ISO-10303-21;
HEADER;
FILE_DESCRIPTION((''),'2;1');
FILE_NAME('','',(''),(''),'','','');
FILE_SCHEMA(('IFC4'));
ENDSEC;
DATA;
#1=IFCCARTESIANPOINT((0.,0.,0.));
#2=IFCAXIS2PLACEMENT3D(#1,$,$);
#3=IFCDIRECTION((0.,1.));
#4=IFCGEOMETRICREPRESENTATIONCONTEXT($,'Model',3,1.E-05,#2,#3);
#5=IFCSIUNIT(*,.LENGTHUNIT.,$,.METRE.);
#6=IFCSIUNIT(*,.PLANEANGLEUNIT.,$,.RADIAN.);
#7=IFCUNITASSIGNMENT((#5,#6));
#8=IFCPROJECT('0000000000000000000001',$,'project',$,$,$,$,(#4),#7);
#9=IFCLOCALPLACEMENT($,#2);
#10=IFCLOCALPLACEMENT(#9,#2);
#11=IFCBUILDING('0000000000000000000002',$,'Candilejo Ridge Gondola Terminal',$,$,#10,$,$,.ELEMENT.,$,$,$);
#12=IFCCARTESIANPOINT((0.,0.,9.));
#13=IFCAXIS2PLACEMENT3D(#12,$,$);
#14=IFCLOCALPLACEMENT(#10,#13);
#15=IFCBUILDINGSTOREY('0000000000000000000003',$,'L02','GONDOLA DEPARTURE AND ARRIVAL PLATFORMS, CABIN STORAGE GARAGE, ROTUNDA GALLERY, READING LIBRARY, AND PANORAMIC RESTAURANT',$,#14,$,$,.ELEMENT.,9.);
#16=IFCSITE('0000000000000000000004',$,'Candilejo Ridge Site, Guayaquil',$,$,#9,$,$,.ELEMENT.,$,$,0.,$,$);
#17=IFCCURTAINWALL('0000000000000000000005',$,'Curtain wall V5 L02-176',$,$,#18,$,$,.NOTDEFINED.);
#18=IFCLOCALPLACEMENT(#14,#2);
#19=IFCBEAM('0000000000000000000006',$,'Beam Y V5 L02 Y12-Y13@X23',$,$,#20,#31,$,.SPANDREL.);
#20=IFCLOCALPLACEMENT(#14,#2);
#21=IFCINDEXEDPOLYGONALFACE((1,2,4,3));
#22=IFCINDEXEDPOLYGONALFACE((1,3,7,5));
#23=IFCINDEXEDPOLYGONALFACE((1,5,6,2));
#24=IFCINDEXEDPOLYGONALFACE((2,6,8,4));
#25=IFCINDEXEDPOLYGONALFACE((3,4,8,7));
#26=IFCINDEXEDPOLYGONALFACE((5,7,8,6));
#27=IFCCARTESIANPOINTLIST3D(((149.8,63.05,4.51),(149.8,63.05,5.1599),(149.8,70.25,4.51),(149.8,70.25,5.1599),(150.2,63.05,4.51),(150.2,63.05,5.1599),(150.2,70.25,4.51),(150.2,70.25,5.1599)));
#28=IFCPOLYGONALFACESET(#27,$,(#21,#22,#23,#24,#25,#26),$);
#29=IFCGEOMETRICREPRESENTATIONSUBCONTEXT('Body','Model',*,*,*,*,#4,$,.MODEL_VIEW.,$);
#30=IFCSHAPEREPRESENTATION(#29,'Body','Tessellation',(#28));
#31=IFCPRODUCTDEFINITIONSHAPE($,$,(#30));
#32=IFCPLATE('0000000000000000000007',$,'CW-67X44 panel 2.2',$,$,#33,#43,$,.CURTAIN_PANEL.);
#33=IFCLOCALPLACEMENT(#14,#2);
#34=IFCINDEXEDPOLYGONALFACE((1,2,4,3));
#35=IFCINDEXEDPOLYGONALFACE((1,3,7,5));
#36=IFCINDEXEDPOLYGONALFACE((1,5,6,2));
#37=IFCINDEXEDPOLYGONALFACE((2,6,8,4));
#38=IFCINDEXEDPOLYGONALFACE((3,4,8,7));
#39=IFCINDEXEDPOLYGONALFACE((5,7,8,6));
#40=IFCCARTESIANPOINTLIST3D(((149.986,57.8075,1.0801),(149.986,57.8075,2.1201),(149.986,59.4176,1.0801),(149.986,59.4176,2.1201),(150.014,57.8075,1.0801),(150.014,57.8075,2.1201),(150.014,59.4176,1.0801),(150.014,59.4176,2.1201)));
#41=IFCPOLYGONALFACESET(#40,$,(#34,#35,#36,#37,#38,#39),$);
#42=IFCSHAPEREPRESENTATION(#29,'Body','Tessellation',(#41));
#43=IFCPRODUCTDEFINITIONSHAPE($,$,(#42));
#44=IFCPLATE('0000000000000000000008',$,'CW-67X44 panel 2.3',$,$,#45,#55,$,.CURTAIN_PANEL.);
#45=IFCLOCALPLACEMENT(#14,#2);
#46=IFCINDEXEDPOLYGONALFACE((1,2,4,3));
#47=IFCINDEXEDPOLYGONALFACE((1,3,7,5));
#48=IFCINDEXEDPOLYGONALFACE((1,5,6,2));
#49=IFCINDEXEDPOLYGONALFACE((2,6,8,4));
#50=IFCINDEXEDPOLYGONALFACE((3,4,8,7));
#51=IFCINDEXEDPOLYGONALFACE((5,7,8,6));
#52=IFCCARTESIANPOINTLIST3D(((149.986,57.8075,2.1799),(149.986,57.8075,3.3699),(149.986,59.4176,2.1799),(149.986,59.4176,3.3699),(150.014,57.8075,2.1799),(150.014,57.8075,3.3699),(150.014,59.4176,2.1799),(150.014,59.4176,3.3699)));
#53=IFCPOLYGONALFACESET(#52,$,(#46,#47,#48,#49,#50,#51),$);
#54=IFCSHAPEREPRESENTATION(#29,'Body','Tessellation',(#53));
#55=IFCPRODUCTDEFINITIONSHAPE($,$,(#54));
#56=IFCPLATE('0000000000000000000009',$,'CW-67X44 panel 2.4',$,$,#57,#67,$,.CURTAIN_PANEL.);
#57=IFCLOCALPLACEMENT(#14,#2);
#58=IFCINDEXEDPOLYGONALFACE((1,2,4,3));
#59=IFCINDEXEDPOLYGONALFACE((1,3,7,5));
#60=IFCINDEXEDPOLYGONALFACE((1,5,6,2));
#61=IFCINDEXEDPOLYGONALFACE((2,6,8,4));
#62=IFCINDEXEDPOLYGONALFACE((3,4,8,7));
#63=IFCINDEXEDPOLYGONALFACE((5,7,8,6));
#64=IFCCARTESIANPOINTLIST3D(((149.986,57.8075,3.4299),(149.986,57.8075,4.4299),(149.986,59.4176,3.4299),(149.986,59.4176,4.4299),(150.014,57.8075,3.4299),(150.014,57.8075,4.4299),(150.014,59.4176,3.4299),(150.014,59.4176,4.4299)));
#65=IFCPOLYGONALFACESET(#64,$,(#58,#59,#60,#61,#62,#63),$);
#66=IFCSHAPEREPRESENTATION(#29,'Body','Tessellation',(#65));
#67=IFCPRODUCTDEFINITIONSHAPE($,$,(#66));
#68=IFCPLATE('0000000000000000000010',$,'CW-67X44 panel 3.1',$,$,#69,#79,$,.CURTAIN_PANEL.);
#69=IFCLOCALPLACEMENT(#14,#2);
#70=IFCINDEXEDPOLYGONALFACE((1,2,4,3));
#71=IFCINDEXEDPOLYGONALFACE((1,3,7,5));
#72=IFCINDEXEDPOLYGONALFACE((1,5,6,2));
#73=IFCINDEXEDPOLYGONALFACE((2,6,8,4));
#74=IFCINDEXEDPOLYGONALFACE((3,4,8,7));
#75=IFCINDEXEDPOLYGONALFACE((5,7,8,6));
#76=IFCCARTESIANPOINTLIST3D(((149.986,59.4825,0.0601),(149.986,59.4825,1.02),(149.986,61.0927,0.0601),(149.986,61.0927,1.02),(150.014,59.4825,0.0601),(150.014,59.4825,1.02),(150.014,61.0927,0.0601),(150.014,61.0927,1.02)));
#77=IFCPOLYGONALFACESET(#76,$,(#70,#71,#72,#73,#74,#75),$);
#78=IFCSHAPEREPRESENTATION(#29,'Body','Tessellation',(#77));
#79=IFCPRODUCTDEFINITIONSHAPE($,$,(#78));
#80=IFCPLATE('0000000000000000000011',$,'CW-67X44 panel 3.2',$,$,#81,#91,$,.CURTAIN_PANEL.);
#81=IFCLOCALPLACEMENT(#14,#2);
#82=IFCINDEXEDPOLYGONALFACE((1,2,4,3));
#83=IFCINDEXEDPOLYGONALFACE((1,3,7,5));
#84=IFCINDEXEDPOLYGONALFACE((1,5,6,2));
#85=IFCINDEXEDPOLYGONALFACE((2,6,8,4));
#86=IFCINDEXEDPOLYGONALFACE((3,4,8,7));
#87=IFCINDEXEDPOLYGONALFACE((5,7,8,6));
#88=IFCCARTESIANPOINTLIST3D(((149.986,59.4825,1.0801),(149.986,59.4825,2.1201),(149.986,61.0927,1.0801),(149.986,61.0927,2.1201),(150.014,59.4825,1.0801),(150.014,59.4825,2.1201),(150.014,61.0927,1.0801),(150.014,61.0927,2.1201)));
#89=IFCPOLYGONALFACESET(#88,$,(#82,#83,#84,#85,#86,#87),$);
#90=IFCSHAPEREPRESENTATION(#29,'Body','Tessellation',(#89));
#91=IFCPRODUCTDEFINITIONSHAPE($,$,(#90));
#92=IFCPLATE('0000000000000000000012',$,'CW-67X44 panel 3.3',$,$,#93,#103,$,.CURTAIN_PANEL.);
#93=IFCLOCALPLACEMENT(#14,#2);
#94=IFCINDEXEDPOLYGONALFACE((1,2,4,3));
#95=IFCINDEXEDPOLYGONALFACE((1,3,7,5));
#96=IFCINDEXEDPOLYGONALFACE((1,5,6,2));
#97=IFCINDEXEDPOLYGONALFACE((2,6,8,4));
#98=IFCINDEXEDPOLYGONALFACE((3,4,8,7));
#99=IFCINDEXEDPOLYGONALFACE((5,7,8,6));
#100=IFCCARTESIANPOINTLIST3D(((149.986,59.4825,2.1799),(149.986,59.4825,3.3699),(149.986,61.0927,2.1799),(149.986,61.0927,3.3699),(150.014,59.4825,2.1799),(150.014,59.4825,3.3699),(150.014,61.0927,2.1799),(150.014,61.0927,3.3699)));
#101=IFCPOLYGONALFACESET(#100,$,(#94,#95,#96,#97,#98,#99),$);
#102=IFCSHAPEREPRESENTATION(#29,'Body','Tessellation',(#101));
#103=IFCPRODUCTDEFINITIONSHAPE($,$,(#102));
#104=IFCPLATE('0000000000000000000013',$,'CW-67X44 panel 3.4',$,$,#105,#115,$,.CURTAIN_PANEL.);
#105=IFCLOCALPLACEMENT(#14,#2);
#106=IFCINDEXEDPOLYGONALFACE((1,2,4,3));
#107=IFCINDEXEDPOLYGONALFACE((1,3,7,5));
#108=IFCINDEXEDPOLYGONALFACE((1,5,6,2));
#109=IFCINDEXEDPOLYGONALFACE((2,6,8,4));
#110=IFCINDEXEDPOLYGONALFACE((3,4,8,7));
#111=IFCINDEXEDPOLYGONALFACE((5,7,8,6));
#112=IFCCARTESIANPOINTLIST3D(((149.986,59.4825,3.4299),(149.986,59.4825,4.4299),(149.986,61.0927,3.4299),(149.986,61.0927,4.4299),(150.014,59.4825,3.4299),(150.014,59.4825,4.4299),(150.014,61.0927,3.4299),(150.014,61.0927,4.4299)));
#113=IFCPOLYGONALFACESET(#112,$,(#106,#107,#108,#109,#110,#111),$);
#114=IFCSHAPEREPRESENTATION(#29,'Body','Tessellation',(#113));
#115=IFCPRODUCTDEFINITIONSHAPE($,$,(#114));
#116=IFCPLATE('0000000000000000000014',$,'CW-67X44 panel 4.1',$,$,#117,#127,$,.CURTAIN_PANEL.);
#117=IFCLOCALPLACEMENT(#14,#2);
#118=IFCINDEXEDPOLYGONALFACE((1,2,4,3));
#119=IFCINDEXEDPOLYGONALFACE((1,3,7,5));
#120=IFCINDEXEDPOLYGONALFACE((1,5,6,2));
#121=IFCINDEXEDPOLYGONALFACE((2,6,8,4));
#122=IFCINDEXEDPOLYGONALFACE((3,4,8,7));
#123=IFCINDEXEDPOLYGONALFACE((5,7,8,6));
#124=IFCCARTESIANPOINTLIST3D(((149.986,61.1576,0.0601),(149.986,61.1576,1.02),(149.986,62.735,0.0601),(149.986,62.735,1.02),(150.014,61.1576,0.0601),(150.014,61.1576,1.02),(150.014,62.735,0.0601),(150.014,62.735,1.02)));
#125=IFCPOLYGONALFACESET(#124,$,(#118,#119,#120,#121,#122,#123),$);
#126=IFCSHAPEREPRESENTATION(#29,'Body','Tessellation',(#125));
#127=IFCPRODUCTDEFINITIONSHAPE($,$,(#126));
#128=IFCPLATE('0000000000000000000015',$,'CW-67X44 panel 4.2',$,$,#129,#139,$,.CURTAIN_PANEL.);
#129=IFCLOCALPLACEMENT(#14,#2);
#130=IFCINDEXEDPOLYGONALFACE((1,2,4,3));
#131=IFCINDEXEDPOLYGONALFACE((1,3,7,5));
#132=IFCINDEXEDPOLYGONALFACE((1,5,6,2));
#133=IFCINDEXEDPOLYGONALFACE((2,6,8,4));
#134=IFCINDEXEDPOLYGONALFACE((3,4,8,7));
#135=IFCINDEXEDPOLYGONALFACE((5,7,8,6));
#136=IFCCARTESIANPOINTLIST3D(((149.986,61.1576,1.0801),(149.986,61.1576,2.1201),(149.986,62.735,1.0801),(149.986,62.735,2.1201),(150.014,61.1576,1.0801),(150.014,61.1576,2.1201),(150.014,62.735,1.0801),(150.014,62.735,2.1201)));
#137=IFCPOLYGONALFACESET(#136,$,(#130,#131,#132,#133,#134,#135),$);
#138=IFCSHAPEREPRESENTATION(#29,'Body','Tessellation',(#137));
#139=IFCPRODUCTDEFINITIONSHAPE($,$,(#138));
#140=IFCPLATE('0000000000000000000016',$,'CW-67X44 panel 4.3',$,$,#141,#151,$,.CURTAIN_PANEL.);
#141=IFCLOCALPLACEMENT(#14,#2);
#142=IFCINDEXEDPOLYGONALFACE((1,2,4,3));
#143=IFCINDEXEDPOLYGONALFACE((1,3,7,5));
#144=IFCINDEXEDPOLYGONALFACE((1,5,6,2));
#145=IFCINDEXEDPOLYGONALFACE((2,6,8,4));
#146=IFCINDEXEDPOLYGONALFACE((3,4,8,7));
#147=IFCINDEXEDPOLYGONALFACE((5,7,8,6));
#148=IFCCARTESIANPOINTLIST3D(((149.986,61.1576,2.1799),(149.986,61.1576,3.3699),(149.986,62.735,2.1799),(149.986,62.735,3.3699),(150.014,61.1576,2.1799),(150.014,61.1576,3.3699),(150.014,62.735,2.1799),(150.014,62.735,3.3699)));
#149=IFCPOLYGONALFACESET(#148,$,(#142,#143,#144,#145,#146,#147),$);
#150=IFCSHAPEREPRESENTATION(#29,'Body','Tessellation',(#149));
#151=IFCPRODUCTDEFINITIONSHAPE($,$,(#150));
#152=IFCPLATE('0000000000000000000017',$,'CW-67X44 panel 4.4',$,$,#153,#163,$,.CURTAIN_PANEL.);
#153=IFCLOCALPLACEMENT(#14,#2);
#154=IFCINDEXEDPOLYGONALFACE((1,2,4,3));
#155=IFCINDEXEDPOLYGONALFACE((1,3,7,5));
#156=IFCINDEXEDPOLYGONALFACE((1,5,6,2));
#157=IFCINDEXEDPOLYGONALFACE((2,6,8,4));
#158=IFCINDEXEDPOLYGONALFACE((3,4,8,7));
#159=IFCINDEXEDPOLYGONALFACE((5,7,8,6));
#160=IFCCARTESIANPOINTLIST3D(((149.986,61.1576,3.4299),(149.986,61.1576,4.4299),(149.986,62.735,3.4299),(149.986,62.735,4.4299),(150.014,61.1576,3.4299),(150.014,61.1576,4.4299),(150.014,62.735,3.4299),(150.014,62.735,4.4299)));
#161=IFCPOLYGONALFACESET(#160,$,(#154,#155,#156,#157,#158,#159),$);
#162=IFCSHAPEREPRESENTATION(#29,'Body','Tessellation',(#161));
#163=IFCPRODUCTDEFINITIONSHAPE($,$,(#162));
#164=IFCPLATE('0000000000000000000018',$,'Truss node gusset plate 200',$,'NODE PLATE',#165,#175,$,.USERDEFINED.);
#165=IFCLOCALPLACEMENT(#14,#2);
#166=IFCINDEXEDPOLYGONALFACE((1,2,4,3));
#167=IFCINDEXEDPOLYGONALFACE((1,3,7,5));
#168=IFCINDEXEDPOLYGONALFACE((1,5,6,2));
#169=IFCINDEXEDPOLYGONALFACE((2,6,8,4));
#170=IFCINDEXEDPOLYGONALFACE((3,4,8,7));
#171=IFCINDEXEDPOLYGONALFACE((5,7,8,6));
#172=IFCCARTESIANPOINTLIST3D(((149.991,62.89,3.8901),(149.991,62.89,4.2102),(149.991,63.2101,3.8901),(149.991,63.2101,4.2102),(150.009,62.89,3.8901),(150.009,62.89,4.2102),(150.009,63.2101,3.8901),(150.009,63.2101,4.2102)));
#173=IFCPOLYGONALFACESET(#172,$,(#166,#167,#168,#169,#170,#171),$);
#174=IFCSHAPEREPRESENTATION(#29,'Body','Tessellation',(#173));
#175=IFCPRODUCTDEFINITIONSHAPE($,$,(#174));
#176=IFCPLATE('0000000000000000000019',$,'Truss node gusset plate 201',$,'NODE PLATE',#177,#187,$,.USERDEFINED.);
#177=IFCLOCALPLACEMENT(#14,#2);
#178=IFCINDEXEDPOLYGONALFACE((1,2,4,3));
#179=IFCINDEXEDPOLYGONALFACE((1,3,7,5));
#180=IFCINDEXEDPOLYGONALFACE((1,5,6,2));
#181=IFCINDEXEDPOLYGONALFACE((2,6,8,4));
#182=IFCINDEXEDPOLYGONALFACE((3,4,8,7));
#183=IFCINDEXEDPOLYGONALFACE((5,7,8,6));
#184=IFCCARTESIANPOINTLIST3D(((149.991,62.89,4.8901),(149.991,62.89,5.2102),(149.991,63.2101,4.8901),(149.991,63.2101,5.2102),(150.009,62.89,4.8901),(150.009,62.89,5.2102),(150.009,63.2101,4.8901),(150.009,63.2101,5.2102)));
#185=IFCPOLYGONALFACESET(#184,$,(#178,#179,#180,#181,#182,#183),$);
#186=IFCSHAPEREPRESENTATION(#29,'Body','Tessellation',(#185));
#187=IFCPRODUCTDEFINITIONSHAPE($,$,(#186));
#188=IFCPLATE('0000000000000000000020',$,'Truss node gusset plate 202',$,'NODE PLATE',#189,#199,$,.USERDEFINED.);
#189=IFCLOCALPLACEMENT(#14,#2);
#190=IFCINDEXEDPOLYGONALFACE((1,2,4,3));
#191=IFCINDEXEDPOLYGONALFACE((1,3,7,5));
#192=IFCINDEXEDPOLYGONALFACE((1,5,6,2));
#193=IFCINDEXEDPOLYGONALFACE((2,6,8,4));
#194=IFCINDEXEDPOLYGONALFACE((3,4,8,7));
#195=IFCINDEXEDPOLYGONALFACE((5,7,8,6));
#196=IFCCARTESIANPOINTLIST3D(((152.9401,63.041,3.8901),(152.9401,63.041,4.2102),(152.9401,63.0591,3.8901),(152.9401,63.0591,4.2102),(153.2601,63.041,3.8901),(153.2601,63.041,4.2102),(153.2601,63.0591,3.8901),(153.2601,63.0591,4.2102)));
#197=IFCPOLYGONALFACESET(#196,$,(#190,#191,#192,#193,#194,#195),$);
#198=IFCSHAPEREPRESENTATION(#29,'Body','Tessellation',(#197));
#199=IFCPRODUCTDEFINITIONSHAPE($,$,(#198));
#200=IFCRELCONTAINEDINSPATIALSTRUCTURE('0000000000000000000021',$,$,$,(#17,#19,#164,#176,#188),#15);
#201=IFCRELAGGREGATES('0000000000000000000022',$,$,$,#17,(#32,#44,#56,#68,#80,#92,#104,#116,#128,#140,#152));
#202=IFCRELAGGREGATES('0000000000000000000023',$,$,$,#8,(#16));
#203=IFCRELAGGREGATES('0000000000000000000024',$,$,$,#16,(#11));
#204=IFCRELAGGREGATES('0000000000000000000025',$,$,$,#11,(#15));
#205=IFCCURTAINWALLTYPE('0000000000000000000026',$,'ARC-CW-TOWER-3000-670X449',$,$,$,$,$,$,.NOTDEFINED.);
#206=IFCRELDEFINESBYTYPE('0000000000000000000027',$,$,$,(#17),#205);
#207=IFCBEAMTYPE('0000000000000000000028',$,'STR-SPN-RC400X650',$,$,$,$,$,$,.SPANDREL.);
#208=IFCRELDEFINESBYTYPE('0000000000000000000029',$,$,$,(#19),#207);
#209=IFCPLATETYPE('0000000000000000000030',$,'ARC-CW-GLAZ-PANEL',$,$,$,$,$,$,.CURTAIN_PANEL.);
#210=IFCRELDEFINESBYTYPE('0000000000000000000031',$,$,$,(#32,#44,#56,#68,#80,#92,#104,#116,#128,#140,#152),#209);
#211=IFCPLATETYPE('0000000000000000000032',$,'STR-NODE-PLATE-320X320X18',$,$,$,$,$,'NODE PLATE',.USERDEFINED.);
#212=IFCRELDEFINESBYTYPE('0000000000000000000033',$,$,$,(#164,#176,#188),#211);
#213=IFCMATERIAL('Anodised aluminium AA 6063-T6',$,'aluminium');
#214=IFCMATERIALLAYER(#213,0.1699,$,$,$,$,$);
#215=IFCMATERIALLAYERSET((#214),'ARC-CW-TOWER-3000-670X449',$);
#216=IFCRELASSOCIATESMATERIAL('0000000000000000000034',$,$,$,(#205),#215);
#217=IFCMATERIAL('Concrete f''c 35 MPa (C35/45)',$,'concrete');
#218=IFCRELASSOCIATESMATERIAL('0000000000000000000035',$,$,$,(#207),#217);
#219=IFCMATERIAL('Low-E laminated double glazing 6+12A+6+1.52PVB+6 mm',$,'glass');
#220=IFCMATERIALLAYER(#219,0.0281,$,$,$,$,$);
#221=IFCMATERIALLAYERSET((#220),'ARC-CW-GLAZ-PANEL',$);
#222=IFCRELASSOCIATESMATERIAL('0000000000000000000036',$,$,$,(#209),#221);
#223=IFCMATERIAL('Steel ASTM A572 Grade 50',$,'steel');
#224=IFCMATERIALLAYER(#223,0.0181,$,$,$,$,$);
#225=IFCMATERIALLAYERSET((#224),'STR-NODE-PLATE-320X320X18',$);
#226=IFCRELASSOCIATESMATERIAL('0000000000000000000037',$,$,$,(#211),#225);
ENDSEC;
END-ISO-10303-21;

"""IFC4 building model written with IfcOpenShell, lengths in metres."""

from ifc_helpers import new_model, si_unit, direction, frame, origin, origin_2d, place, context, subcontext, project, spatial, rectangle, extrude, material, layer, layer_set, material_profile, profile_set, type_object, element, aggregate, save


model = new_model("IFC4")

# Units and contexts
model_context = context("Model", 3, precision=1e-05, world=origin(), true_north=direction((0.0, 1.0)))
body_context = subcontext(model_context, "Body", "Model", "MODEL_VIEW")
ifc_project = project(units=[si_unit("LENGTHUNIT", "METRE"), si_unit("PLANEANGLEUNIT", "RADIAN")], contexts=[model_context])

# Site, building, storey
site_placement = place(None, origin())
site = spatial("IfcSite", under=ifc_project, at=site_placement, Name="Candilejo Ridge Site, Guayaquil", CompositionType="ELEMENT", RefElevation=0.0)
building_placement = place(site_placement, origin())
building = spatial("IfcBuilding", under=site, at=building_placement, Name="Candilejo Ridge Gondola Terminal", CompositionType="ELEMENT")
storey_placement = place(building_placement, frame((0.0, 0.0, 9.0)))
storey = spatial("IfcBuildingStorey", under=building, at=storey_placement, Name="L02", Description="GONDOLA DEPARTURE AND ARRIVAL PLATFORMS, CABIN STORAGE GARAGE, ROTUNDA GALLERY, READING LIBRARY, AND PANORAMIC RESTAURANT", CompositionType="ELEMENT", Elevation=9.0)

# Curtain wall
ifc_material_1 = material(Name="Anodised aluminium AA 6063-T6", Category="aluminium")
ifc_layer_1 = layer(ifc_material_1, 0.1699)
ifc_layer_set_1 = layer_set([ifc_layer_1], Name="ARC-CW-TOWER-3000-670X449")
curtain_wall_type = type_object("IfcCurtainWallType", Name="ARC-CW-TOWER-3000-670X449", PredefinedType="NOTDEFINED", material=ifc_layer_set_1)
curtain_wall_placement = place(storey_placement, origin())
curtain_wall = element("IfcCurtainWall", 1, at=curtain_wall_placement, inside=storey, type_object=curtain_wall_type, Name="Curtain wall V5 L02-176", PredefinedType="NOTDEFINED")

# Beam
ifc_material_2 = material(Name="Concrete f'c 35 MPa (C35/45)", Category="concrete")
ifc_material_profile_1 = material_profile(ifc_material_2, rectangle(XDim=0.3999, YDim=0.6499, at=origin_2d()))
ifc_profile_set_1 = profile_set([ifc_material_profile_1], Name="Concrete f'c 35 MPa (C35/45)")
beam_type_1 = type_object("IfcBeamType", Name="STR-SPN-RC400X650", PredefinedType="SPANDREL", material=ifc_profile_set_1)
beam_1_placement = place(storey_placement, frame((150.0, 63.05, 4.835), z_axis=(0.0, 1.0, 0.0), x_axis=(-1.0, 0.0, 0.0)))
element("IfcBeam", 2, at=beam_1_placement, inside=storey, type_object=beam_type_1, Name="Beam Y V5 L02 Y12-Y13@X23", PredefinedType="SPANDREL", context=body_context, shape_type="SweptSolid", body=[
    extrude(rectangle(XDim=0.3999, YDim=0.6499, at=origin_2d()), origin(), (0.0, 0.0, 1.0), 7.2),
])

# Plates
ifc_material_3 = material(Name="Low-E laminated double glazing 6+12A+6+1.52PVB+6 mm", Category="glass")
ifc_layer_2 = layer(ifc_material_3, 0.0281)
ifc_layer_set_2 = layer_set([ifc_layer_2], Name="ARC-CW-GLAZ-PANEL")
plate_type_1 = type_object("IfcPlateType", Name="ARC-CW-GLAZ-PANEL", PredefinedType="CURTAIN_PANEL", material=ifc_layer_set_2)
plate_1_placement = place(storey_placement, frame((150.0, 58.6125, 1.0801), z_axis=(0.0, 0.0, 1.0), x_axis=(0.0, 1.0, 0.0)))
plate_1 = element("IfcPlate", 3, at=plate_1_placement, type_object=plate_type_1, Name="CW-67X44 panel 2.2", PredefinedType="CURTAIN_PANEL", context=body_context, shape_type="SweptSolid", body=[
    extrude(rectangle(XDim=1.6101, YDim=0.0281, at=origin_2d()), origin(), (0.0, 0.0, 1.0), 1.04),
])
plate_2_placement = place(storey_placement, frame((150.0, 58.6125, 2.1799), z_axis=(0.0, 0.0, 1.0), x_axis=(0.0, 1.0, 0.0)))
plate_2 = element("IfcPlate", 4, at=plate_2_placement, type_object=plate_type_1, Name="CW-67X44 panel 2.3", PredefinedType="CURTAIN_PANEL", context=body_context, shape_type="SweptSolid", body=[
    extrude(rectangle(XDim=1.6101, YDim=0.0281, at=origin_2d()), origin(), (0.0, 0.0, 1.0), 1.1899),
])
plate_3_placement = place(storey_placement, frame((150.0, 58.6125, 3.4299), z_axis=(0.0, 0.0, 1.0), x_axis=(0.0, 1.0, 0.0)))
plate_3 = element("IfcPlate", 5, at=plate_3_placement, type_object=plate_type_1, Name="CW-67X44 panel 2.4", PredefinedType="CURTAIN_PANEL", context=body_context, shape_type="SweptSolid", body=[
    extrude(rectangle(XDim=1.6101, YDim=0.0281, at=origin_2d()), origin(), (0.0, 0.0, 1.0), 1.0),
])
plate_4_placement = place(storey_placement, frame((150.0, 60.2876, 0.0601), z_axis=(0.0, 0.0, 1.0), x_axis=(0.0, 1.0, 0.0)))
plate_4 = element("IfcPlate", 6, at=plate_4_placement, type_object=plate_type_1, Name="CW-67X44 panel 3.1", PredefinedType="CURTAIN_PANEL", context=body_context, shape_type="SweptSolid", body=[
    extrude(rectangle(XDim=1.6101, YDim=0.0281, at=origin_2d()), origin(), (0.0, 0.0, 1.0), 0.96),
])
plate_5_placement = place(storey_placement, frame((150.0, 60.2876, 1.0801), z_axis=(0.0, 0.0, 1.0), x_axis=(0.0, 1.0, 0.0)))
plate_5 = element("IfcPlate", 7, at=plate_5_placement, type_object=plate_type_1, Name="CW-67X44 panel 3.2", PredefinedType="CURTAIN_PANEL", context=body_context, shape_type="SweptSolid", body=[
    extrude(rectangle(XDim=1.6101, YDim=0.0281, at=origin_2d()), origin(), (0.0, 0.0, 1.0), 1.04),
])
plate_6_placement = place(storey_placement, frame((150.0, 60.2876, 2.1799), z_axis=(0.0, 0.0, 1.0), x_axis=(0.0, 1.0, 0.0)))
plate_6 = element("IfcPlate", 8, at=plate_6_placement, type_object=plate_type_1, Name="CW-67X44 panel 3.3", PredefinedType="CURTAIN_PANEL", context=body_context, shape_type="SweptSolid", body=[
    extrude(rectangle(XDim=1.6101, YDim=0.0281, at=origin_2d()), origin(), (0.0, 0.0, 1.0), 1.1899),
])
plate_7_placement = place(storey_placement, frame((150.0, 60.2876, 3.4299), z_axis=(0.0, 0.0, 1.0), x_axis=(0.0, 1.0, 0.0)))
plate_7 = element("IfcPlate", 9, at=plate_7_placement, type_object=plate_type_1, Name="CW-67X44 panel 3.4", PredefinedType="CURTAIN_PANEL", context=body_context, shape_type="SweptSolid", body=[
    extrude(rectangle(XDim=1.6101, YDim=0.0281, at=origin_2d()), origin(), (0.0, 0.0, 1.0), 1.0),
])
plate_8_placement = place(storey_placement, frame((150.0, 61.9463, 0.0601), z_axis=(0.0, 0.0, 1.0), x_axis=(0.0, 1.0, 0.0)))
plate_8 = element("IfcPlate", 10, at=plate_8_placement, type_object=plate_type_1, Name="CW-67X44 panel 4.1", PredefinedType="CURTAIN_PANEL", context=body_context, shape_type="SweptSolid", body=[
    extrude(rectangle(XDim=1.5774, YDim=0.0281, at=origin_2d()), origin(), (0.0, 0.0, 1.0), 0.96),
])
plate_9_placement = place(storey_placement, frame((150.0, 61.9463, 1.0801), z_axis=(0.0, 0.0, 1.0), x_axis=(0.0, 1.0, 0.0)))
plate_9 = element("IfcPlate", 11, at=plate_9_placement, type_object=plate_type_1, Name="CW-67X44 panel 4.2", PredefinedType="CURTAIN_PANEL", context=body_context, shape_type="SweptSolid", body=[
    extrude(rectangle(XDim=1.5774, YDim=0.0281, at=origin_2d()), origin(), (0.0, 0.0, 1.0), 1.04),
])
plate_10_placement = place(storey_placement, frame((150.0, 61.9463, 2.1799), z_axis=(0.0, 0.0, 1.0), x_axis=(0.0, 1.0, 0.0)))
plate_10 = element("IfcPlate", 12, at=plate_10_placement, type_object=plate_type_1, Name="CW-67X44 panel 4.3", PredefinedType="CURTAIN_PANEL", context=body_context, shape_type="SweptSolid", body=[
    extrude(rectangle(XDim=1.5774, YDim=0.0281, at=origin_2d()), origin(), (0.0, 0.0, 1.0), 1.1899),
])
plate_11_placement = place(storey_placement, frame((150.0, 61.9463, 3.4299), z_axis=(0.0, 0.0, 1.0), x_axis=(0.0, 1.0, 0.0)))
plate_11 = element("IfcPlate", 13, at=plate_11_placement, type_object=plate_type_1, Name="CW-67X44 panel 4.4", PredefinedType="CURTAIN_PANEL", context=body_context, shape_type="SweptSolid", body=[
    extrude(rectangle(XDim=1.5774, YDim=0.0281, at=origin_2d()), origin(), (0.0, 0.0, 1.0), 1.0),
])
aggregate(curtain_wall, [plate_1, plate_2, plate_3, plate_4, plate_5, plate_6, plate_7, plate_8, plate_9, plate_10, plate_11])

# Plates
ifc_material_4 = material(Name="Steel ASTM A572 Grade 50", Category="steel")
ifc_layer_3 = layer(ifc_material_4, 0.0181)
ifc_layer_set_3 = layer_set([ifc_layer_3], Name="STR-NODE-PLATE-320X320X18")
plate_type_2 = type_object("IfcPlateType", Name="STR-NODE-PLATE-320X320X18", ElementType="NODE PLATE", PredefinedType="USERDEFINED", material=ifc_layer_set_3)
for number, where, z_axis, x_axis, name in (
    (14, (150.0, 63.05, 3.8901), (0.0, 0.0, 1.0), (1.0, 0.0, 0.0), "Truss node gusset plate 200"),
    (15, (150.0, 63.05, 4.8901), (0.0, 0.0, 1.0), (1.0, 0.0, 0.0), "Truss node gusset plate 201"),
):
    element("IfcPlate", number, at=place(storey_placement, frame(where, z_axis=z_axis, x_axis=x_axis)), inside=storey, type_object=plate_type_2, Name=name, ObjectType="NODE PLATE", PredefinedType="USERDEFINED", context=body_context, shape_type="SweptSolid", body=[
        extrude(rectangle(XDim=0.0181, YDim=0.3201, at=origin_2d()), origin(), (0.0, 0.0, 1.0), 0.3201),
    ])
plate_12_placement = place(storey_placement, frame((153.1001, 63.05, 3.8901), z_axis=(0.0, 0.0, 1.0), x_axis=(1.0, 0.0, 0.0)))
element("IfcPlate", 16, at=plate_12_placement, inside=storey, type_object=plate_type_2, Name="Truss node gusset plate 202", ObjectType="NODE PLATE", PredefinedType="USERDEFINED", context=body_context, shape_type="SweptSolid", body=[
    extrude(rectangle(XDim=0.3201, YDim=0.0181, at=origin_2d()), origin(), (0.0, 0.0, 1.0), 0.3201),
])

save(model, "model.ifc")
